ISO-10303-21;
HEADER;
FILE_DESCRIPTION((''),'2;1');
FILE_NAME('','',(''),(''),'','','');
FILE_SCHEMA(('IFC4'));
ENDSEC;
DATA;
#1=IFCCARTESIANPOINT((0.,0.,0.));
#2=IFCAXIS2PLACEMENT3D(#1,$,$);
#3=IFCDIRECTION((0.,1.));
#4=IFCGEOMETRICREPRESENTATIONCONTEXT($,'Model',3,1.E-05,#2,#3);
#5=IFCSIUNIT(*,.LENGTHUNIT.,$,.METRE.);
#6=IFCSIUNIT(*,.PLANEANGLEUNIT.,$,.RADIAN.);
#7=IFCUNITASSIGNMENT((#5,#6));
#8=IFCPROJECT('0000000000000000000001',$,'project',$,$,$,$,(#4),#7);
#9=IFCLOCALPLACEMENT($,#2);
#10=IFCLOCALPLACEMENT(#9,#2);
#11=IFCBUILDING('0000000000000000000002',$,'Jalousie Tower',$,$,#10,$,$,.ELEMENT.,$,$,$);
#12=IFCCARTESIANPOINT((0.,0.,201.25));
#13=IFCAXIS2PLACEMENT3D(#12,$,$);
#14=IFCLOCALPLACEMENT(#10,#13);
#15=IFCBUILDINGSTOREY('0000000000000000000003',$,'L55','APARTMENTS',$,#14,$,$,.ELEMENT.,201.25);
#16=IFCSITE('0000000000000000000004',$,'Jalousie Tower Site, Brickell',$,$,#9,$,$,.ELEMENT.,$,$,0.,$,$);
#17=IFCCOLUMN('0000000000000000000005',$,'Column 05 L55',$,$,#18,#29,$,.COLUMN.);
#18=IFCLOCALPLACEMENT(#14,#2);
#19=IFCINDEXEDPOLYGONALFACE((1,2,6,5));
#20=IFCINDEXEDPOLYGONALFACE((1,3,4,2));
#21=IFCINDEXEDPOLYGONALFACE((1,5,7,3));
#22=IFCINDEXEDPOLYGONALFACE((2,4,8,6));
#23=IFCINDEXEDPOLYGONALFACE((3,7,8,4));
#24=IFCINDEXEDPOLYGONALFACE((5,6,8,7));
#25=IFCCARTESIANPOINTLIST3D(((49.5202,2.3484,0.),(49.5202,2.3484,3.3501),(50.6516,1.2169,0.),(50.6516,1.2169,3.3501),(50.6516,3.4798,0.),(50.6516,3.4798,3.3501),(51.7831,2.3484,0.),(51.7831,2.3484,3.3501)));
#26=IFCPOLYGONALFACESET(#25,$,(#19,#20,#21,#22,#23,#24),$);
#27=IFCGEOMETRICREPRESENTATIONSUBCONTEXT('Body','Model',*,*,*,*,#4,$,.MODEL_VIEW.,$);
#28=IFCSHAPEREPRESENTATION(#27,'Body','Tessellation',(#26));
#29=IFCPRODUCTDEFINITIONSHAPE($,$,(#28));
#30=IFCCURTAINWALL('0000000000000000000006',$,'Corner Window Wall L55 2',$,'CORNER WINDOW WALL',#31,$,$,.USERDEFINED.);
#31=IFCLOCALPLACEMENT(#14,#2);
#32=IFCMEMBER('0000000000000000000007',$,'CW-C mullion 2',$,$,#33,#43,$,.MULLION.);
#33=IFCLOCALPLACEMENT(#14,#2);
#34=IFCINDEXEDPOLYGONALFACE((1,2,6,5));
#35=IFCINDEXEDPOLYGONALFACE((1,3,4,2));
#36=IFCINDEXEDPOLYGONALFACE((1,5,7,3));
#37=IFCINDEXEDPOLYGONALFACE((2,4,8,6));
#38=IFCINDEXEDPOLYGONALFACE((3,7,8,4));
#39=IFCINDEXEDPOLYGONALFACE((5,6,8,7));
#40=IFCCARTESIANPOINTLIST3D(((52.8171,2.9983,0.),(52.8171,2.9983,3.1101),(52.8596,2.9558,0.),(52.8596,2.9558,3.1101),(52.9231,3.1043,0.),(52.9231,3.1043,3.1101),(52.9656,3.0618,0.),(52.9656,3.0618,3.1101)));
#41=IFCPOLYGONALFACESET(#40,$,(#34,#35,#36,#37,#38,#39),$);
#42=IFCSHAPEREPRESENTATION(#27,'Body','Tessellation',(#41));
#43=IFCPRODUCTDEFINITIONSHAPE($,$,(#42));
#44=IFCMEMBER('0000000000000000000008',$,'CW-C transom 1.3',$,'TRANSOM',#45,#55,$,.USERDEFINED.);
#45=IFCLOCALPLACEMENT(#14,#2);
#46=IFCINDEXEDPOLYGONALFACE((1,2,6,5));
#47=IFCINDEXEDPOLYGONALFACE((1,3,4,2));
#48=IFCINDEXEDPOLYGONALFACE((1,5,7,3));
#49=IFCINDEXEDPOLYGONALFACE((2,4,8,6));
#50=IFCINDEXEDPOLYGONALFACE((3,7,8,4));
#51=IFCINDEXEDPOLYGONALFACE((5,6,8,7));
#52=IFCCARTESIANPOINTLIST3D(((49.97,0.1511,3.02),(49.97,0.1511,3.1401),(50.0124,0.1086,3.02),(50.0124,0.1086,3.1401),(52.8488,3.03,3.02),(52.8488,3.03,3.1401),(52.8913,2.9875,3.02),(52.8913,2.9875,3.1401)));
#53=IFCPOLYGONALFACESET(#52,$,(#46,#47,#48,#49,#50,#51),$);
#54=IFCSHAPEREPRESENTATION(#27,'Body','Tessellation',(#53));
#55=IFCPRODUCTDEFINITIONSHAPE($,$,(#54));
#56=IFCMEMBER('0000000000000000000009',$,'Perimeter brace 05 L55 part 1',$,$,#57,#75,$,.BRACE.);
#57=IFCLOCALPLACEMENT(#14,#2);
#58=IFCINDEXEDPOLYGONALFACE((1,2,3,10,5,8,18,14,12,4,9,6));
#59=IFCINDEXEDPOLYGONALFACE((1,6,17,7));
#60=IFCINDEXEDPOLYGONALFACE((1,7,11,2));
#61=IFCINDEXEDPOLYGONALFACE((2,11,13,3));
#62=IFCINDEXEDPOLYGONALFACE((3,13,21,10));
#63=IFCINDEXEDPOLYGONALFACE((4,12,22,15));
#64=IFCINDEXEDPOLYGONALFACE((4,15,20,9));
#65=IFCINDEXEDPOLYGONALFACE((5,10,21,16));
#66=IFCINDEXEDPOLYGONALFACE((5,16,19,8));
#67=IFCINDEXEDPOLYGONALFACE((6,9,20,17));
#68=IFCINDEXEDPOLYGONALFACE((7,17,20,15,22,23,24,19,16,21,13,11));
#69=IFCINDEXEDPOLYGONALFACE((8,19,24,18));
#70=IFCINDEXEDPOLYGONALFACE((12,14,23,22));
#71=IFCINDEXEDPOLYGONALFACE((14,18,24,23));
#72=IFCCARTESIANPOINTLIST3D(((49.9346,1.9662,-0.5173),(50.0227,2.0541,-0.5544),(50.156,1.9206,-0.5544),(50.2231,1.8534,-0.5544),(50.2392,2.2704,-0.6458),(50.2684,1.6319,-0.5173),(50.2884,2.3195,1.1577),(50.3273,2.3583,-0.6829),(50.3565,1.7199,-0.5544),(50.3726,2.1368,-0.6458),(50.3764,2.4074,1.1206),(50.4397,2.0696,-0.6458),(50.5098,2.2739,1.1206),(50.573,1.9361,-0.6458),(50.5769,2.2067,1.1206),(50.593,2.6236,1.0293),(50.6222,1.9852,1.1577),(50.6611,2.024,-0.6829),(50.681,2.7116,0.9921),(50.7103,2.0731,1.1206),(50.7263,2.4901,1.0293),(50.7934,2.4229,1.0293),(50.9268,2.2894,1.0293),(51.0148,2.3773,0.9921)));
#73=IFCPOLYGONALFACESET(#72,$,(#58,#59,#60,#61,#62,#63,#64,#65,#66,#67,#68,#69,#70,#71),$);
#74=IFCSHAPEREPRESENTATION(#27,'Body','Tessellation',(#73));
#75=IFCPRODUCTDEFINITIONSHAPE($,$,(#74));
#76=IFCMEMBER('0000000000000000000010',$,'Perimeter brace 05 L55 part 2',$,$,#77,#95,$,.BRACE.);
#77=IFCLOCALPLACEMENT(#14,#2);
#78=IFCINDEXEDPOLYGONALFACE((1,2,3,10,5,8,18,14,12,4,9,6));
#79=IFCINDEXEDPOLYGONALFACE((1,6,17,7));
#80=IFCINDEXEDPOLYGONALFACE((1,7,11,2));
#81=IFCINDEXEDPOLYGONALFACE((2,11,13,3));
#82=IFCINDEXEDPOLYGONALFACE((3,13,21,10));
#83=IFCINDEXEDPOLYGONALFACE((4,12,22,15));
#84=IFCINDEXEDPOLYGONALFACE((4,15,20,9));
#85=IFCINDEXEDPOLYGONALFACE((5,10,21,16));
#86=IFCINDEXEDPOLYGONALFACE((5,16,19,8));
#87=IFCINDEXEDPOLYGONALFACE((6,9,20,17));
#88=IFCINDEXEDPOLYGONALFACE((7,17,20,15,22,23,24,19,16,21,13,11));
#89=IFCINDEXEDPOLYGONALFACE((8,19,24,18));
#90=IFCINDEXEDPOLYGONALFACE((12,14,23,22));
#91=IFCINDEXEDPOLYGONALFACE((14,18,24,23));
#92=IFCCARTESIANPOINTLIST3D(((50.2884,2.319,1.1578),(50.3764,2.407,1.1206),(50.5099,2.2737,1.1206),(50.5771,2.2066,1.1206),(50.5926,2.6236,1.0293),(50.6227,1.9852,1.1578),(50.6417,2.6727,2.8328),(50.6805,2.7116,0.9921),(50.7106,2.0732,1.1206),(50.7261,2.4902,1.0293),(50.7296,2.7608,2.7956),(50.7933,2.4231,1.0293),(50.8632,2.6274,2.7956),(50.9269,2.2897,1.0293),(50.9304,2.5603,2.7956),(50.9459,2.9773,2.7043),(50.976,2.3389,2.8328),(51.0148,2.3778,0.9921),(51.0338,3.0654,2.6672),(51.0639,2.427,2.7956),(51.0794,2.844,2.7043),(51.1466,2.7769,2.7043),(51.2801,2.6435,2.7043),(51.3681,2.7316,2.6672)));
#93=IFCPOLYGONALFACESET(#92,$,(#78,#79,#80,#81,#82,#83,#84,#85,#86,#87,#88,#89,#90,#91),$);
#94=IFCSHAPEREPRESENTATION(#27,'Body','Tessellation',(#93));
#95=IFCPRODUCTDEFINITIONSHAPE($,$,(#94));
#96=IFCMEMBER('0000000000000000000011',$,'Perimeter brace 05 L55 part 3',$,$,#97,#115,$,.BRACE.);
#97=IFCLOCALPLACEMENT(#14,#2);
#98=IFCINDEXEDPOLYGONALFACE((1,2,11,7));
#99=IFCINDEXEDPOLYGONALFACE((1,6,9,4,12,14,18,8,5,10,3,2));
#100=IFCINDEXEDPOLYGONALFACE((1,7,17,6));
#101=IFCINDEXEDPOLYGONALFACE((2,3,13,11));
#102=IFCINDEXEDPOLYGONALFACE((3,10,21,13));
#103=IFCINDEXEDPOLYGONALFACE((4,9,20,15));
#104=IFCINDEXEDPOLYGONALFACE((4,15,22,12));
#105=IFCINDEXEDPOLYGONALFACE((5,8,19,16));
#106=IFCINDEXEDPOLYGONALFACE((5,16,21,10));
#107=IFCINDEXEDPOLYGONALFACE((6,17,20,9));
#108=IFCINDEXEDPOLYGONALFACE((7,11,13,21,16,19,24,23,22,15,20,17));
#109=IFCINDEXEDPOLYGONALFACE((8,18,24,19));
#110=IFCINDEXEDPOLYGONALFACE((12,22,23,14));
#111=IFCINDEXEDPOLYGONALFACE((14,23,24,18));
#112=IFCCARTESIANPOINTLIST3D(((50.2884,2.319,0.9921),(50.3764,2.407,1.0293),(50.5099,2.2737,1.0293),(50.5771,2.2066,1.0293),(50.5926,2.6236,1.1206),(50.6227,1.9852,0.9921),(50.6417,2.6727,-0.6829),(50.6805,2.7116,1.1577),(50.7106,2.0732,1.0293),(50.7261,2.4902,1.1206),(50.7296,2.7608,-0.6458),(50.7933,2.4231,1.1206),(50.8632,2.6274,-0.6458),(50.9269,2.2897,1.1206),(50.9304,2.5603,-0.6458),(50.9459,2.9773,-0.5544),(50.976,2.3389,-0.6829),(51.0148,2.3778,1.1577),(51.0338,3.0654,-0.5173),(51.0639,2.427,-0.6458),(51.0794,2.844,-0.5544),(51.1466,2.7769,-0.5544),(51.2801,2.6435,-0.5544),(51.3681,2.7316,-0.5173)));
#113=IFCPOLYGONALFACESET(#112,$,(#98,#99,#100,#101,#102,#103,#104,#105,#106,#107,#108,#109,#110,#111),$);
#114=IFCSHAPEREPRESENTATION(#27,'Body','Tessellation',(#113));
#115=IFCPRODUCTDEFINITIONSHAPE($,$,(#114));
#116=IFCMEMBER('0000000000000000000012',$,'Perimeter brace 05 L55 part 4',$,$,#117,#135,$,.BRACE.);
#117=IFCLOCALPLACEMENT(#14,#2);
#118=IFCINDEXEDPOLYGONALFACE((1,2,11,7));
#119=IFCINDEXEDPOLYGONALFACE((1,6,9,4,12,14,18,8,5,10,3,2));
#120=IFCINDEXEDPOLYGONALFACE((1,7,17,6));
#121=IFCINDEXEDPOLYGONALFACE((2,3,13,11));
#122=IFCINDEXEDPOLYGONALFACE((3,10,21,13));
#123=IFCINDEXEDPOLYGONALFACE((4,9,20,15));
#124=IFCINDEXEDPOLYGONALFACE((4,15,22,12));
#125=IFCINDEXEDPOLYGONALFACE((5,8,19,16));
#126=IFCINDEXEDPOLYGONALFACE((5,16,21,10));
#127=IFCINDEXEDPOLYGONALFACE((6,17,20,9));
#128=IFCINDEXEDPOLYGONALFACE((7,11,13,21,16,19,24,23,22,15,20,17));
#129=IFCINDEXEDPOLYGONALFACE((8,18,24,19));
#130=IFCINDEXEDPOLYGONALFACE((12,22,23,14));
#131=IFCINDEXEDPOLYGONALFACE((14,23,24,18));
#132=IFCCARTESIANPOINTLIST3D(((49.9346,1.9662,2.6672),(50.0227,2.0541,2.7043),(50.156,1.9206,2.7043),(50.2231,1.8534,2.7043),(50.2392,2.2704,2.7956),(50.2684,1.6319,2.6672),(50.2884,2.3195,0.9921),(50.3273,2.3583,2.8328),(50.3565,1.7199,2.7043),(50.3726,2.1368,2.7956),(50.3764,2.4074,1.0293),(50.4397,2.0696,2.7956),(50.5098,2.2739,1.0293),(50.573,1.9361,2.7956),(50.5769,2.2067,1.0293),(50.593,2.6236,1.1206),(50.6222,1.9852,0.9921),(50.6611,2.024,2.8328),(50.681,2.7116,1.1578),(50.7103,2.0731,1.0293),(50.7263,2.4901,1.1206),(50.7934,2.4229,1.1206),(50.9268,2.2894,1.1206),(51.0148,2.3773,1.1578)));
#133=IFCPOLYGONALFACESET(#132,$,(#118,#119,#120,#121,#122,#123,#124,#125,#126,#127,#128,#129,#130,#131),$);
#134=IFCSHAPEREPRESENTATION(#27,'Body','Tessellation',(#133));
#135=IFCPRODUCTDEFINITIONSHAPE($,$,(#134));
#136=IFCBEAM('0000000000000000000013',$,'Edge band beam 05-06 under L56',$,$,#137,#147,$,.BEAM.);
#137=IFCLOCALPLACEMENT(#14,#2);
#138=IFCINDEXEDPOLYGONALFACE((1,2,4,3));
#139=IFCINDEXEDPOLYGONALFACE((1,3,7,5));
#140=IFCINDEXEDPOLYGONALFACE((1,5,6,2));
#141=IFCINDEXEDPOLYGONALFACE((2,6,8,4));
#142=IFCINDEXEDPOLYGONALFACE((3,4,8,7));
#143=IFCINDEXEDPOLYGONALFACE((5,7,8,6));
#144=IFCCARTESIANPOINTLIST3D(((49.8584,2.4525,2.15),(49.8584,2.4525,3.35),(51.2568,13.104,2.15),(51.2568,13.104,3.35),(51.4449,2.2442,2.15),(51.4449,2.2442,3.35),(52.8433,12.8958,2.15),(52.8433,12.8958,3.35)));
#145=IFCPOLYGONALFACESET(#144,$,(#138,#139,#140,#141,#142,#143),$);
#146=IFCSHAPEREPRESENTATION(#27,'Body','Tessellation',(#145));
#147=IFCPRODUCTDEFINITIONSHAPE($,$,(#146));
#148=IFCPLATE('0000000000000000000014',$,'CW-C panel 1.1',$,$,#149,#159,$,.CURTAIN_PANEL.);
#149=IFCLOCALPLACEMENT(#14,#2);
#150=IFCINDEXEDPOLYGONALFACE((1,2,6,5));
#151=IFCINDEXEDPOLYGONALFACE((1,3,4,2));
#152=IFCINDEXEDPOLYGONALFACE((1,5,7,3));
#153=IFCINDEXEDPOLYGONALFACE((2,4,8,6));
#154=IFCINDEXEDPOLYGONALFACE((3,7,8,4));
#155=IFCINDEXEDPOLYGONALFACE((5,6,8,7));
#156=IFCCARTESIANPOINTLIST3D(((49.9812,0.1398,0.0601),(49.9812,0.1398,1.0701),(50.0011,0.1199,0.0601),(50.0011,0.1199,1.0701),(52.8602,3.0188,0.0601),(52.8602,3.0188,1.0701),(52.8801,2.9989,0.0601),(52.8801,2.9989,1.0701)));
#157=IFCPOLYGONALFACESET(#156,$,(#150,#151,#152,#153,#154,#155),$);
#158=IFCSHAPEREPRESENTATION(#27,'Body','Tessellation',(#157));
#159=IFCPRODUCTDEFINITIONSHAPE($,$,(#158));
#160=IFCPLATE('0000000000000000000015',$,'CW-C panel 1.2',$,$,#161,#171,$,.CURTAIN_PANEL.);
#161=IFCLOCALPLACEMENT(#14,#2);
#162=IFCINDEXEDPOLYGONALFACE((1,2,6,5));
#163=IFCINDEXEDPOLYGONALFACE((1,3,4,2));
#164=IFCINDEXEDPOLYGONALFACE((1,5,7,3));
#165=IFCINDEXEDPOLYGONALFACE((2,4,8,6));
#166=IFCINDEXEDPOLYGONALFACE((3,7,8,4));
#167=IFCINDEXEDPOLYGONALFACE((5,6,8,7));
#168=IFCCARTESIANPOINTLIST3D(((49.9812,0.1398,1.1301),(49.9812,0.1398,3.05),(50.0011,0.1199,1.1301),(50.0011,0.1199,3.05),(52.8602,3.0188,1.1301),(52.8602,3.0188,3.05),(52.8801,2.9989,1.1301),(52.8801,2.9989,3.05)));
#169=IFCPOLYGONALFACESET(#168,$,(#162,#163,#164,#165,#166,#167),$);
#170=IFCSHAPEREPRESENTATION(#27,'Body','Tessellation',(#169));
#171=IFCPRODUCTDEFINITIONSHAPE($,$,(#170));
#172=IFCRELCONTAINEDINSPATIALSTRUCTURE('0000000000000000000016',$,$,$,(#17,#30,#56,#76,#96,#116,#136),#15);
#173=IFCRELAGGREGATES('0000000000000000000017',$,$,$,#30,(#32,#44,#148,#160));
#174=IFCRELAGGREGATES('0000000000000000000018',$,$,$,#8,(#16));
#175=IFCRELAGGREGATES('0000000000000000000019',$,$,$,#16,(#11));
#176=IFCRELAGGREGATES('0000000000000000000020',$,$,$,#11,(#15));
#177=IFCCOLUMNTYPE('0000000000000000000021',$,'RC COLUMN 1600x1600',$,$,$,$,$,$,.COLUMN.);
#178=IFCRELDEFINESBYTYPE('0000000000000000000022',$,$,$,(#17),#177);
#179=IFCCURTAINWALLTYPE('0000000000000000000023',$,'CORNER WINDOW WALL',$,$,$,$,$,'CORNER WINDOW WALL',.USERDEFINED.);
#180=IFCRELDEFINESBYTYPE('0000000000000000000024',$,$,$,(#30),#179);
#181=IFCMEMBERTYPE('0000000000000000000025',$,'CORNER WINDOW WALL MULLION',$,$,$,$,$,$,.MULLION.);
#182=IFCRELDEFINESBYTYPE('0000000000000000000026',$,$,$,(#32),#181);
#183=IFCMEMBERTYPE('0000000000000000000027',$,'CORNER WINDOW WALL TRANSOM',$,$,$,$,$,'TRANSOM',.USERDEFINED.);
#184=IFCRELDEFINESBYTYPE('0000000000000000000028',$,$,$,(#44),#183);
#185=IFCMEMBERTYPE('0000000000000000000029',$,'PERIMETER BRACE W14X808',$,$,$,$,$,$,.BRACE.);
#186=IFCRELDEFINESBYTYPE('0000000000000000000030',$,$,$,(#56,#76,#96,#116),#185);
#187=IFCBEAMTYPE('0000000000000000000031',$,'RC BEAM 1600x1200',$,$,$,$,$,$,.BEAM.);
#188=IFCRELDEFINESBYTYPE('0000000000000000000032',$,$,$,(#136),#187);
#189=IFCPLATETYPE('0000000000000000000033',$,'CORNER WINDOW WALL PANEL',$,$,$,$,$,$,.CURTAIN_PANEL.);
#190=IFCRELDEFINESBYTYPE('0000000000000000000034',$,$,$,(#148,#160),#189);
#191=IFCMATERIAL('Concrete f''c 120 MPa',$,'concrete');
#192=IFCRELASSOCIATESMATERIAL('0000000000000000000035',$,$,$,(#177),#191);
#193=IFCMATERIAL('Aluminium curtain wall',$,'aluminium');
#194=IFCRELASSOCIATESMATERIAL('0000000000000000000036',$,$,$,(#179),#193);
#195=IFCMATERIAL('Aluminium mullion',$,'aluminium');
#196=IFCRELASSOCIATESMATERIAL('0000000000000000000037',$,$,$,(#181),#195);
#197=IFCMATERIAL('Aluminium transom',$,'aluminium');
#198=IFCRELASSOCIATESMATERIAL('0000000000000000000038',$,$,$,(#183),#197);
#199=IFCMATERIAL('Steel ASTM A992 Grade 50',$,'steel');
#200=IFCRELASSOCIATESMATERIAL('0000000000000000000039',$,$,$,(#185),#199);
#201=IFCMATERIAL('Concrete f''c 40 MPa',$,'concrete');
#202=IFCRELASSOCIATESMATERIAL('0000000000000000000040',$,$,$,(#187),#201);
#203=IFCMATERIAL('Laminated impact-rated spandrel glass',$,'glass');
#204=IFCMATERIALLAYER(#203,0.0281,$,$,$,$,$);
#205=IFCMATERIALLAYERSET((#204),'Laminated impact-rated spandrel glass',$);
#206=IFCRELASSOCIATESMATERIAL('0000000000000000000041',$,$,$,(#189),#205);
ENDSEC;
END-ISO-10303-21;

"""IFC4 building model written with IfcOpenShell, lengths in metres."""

from ifc_helpers import new_model, si_unit, direction, frame, origin, origin_2d, place, context, subcontext, project, spatial, rectangle, i_section, extrude, material, layer, layer_set, material_profile, profile_set, type_object, element, aggregate, save


model = new_model("IFC4")

# Units and contexts
model_context = context("Model", 3, precision=1e-05, world=origin(), true_north=direction((0.0, 1.0)))
body_context = subcontext(model_context, "Body", "Model", "MODEL_VIEW")
ifc_project = project(units=[si_unit("LENGTHUNIT", "METRE"), si_unit("PLANEANGLEUNIT", "RADIAN")], contexts=[model_context])

# Site, building, storey
site_placement = place(None, origin())
site = spatial("IfcSite", under=ifc_project, at=site_placement, Name="Jalousie Tower Site, Brickell", CompositionType="ELEMENT", RefElevation=0.0)
building_placement = place(site_placement, origin())
building = spatial("IfcBuilding", under=site, at=building_placement, Name="Jalousie Tower", CompositionType="ELEMENT")
storey_placement = place(building_placement, frame((0.0, 0.0, 201.25)))
storey = spatial("IfcBuildingStorey", under=building, at=storey_placement, Name="L55", Description="APARTMENTS", CompositionType="ELEMENT", Elevation=201.25)

# Column
ifc_material_1 = material(Name="Concrete f'c 120 MPa", Category="concrete")
ifc_material_profile_1 = material_profile(ifc_material_1, rectangle(XDim=1.6001, YDim=1.6001, at=origin_2d()), Name="RC 1600x1600")
ifc_profile_set_1 = profile_set([ifc_material_profile_1], Name="Concrete f'c 120 MPa")
column_type = type_object("IfcColumnType", Name="RC COLUMN 1600x1600", PredefinedType="COLUMN", material=ifc_profile_set_1)
column_placement = place(storey_placement, frame((50.6516, 2.3484, 0.0), z_axis=(0.0, 0.0, 1.0), x_axis=(0.707107, 0.707107, 0.0)))
element("IfcColumn", 1, at=column_placement, inside=storey, type_object=column_type, Name="Column 05 L55", PredefinedType="COLUMN", context=body_context, shape_type="SweptSolid", body=[
    extrude(rectangle(XDim=1.6001, YDim=1.6001, at=origin_2d()), origin(), (0.0, 0.0, 1.0), 3.3501),
])

# Curtain wall, members
ifc_material_2 = material(Name="Aluminium curtain wall", Category="aluminium")
curtain_wall_type = type_object("IfcCurtainWallType", Name="CORNER WINDOW WALL", ElementType="CORNER WINDOW WALL", PredefinedType="USERDEFINED", material=ifc_material_2)
curtain_wall_placement = place(storey_placement, origin())
curtain_wall = element("IfcCurtainWall", 2, at=curtain_wall_placement, inside=storey, type_object=curtain_wall_type, Name="Corner Window Wall L55 2", ObjectType="CORNER WINDOW WALL", PredefinedType="USERDEFINED")
ifc_material_3 = material(Name="Aluminium mullion", Category="aluminium")
ifc_material_profile_2 = material_profile(ifc_material_3, rectangle(XDim=0.0601, YDim=0.1499, at=origin_2d()), Name="MULLION 60x150")
ifc_profile_set_2 = profile_set([ifc_material_profile_2], Name="Aluminium mullion")
member_type_1 = type_object("IfcMemberType", Name="CORNER WINDOW WALL MULLION", PredefinedType="MULLION", material=ifc_profile_set_2)
member_1_placement = place(storey_placement, frame((52.8914, 3.03, 0.0), z_axis=(0.0, 0.0, 1.0), x_axis=(-0.707107, 0.707107, 0.0)))
member_1 = element("IfcMember", 3, at=member_1_placement, type_object=member_type_1, Name="CW-C mullion 2", PredefinedType="MULLION", context=body_context, shape_type="SweptSolid", body=[
    extrude(rectangle(XDim=0.0601, YDim=0.1499, at=origin_2d()), origin(), (0.0, 0.0, 1.0), 3.1101),
])
ifc_material_4 = material(Name="Aluminium transom", Category="aluminium")
ifc_material_profile_3 = material_profile(ifc_material_4, rectangle(XDim=0.0601, YDim=0.1201, at=origin_2d()), Name="TRANSOM 60x120")
ifc_profile_set_3 = profile_set([ifc_material_profile_3], Name="Aluminium transom")
member_type_2 = type_object("IfcMemberType", Name="CORNER WINDOW WALL TRANSOM", ElementType="TRANSOM", PredefinedType="USERDEFINED", material=ifc_profile_set_3)
member_2_placement = place(storey_placement, frame((49.9912, 0.1299, 3.0801), z_axis=(0.707107, 0.707107, 0.0), x_axis=(-0.707107, 0.707107, 0.0)))
member_2 = element("IfcMember", 4, at=member_2_placement, type_object=member_type_2, Name="CW-C transom 1.3", ObjectType="TRANSOM", PredefinedType="USERDEFINED", context=body_context, shape_type="SweptSolid", body=[
    extrude(rectangle(XDim=0.0601, YDim=0.1201, at=origin_2d()), origin(), (0.0, 0.0, 1.0), 4.0713),
])

# Members
ifc_material_5 = material(Name="Steel ASTM A992 Grade 50", Category="steel")
ifc_material_profile_4 = material_profile(ifc_material_5, i_section(OverallWidth=0.4724, OverallDepth=0.5791, WebThickness=0.095, FlangeThickness=0.1299, at=origin_2d()), Name="W14X808")
ifc_profile_set_4 = profile_set([ifc_material_profile_4], Name="Steel ASTM A992 Grade 50")
member_type_3 = type_object("IfcMemberType", Name="PERIMETER BRACE W14X808", PredefinedType="BRACE", material=ifc_profile_set_4)
for number, where, z_axis, x_axis, name in (
    (5, (50.2979, 1.9951, -0.6001), (0.202372, 0.202093, 0.95823), (-0.706618, 0.707595, 0.0), "Perimeter brace 05 L55 part 1"),
    (6, (50.6516, 2.3484, 1.075), (0.202093, 0.202372, 0.95823), (-0.707595, 0.706618, 0.0), "Perimeter brace 05 L55 part 2"),
    (7, (51.0049, 2.7021, -0.6001), (-0.202093, -0.202372, 0.95823), (0.707595, -0.706618, 0.0), "Perimeter brace 05 L55 part 3"),
    (8, (50.6516, 2.3484, 1.075), (-0.202372, -0.202093, 0.95823), (0.706618, -0.707595, 0.0), "Perimeter brace 05 L55 part 4"),
):
    element("IfcMember", number, at=place(storey_placement, frame(where, z_axis=z_axis, x_axis=x_axis)), inside=storey, type_object=member_type_3, Name=name, PredefinedType="BRACE", context=body_context, shape_type="SweptSolid", body=[
        extrude(i_section(OverallWidth=0.4724, OverallDepth=0.5791, WebThickness=0.095, FlangeThickness=0.1299, at=origin_2d()), origin(), (0.0, 0.0, 1.0), 1.748),
    ])

# Beam
ifc_material_6 = material(Name="Concrete f'c 40 MPa", Category="concrete")
ifc_material_profile_5 = material_profile(ifc_material_6, rectangle(XDim=1.6001, YDim=1.2, at=origin_2d()), Name="RC 1600x1200")
ifc_profile_set_5 = profile_set([ifc_material_profile_5], Name="Concrete f'c 40 MPa")
beam_type = type_object("IfcBeamType", Name="RC BEAM 1600x1200", PredefinedType="BEAM", material=ifc_profile_set_5)
beam_placement = place(storey_placement, frame((50.6516, 2.3484, 2.75), z_axis=(0.130172, 0.991491, 0.0), x_axis=(-0.991491, 0.130172, 0.0)))
element("IfcBeam", 9, at=beam_placement, inside=storey, type_object=beam_type, Name="Edge band beam 05-06 under L56", PredefinedType="BEAM", context=body_context, shape_type="SweptSolid", body=[
    extrude(rectangle(XDim=1.6001, YDim=1.2, at=origin_2d()), origin(), (0.0, 0.0, 1.0), 10.7429),
])

# Plates
ifc_material_7 = material(Name="Laminated impact-rated spandrel glass", Category="glass")
ifc_layer = layer(ifc_material_7, 0.0281)
ifc_layer_set = layer_set([ifc_layer], Name="Laminated impact-rated spandrel glass")
plate_type = type_object("IfcPlateType", Name="CORNER WINDOW WALL PANEL", PredefinedType="CURTAIN_PANEL", material=ifc_layer_set)
plate_1_placement = place(storey_placement, frame((51.4307, 1.5693, 0.0601), z_axis=(0.0, 0.0, 1.0), x_axis=(0.707107, 0.707107, 0.0)))
plate_1 = element("IfcPlate", 10, at=plate_1_placement, type_object=plate_type, Name="CW-C panel 1.1", PredefinedType="CURTAIN_PANEL", context=body_context, shape_type="SweptSolid", body=[
    extrude(rectangle(XDim=4.0715, YDim=0.0281, at=origin_2d()), origin(), (0.0, 0.0, 1.0), 1.01),
])
plate_2_placement = place(storey_placement, frame((51.4307, 1.5693, 1.1301), z_axis=(0.0, 0.0, 1.0), x_axis=(0.707107, 0.707107, 0.0)))
plate_2 = element("IfcPlate", 11, at=plate_2_placement, type_object=plate_type, Name="CW-C panel 1.2", PredefinedType="CURTAIN_PANEL", context=body_context, shape_type="SweptSolid", body=[
    extrude(rectangle(XDim=4.0715, YDim=0.0281, at=origin_2d()), origin(), (0.0, 0.0, 1.0), 1.9199),
])
aggregate(curtain_wall, [member_1, member_2, plate_1, plate_2])

save(model, "model.ifc")
